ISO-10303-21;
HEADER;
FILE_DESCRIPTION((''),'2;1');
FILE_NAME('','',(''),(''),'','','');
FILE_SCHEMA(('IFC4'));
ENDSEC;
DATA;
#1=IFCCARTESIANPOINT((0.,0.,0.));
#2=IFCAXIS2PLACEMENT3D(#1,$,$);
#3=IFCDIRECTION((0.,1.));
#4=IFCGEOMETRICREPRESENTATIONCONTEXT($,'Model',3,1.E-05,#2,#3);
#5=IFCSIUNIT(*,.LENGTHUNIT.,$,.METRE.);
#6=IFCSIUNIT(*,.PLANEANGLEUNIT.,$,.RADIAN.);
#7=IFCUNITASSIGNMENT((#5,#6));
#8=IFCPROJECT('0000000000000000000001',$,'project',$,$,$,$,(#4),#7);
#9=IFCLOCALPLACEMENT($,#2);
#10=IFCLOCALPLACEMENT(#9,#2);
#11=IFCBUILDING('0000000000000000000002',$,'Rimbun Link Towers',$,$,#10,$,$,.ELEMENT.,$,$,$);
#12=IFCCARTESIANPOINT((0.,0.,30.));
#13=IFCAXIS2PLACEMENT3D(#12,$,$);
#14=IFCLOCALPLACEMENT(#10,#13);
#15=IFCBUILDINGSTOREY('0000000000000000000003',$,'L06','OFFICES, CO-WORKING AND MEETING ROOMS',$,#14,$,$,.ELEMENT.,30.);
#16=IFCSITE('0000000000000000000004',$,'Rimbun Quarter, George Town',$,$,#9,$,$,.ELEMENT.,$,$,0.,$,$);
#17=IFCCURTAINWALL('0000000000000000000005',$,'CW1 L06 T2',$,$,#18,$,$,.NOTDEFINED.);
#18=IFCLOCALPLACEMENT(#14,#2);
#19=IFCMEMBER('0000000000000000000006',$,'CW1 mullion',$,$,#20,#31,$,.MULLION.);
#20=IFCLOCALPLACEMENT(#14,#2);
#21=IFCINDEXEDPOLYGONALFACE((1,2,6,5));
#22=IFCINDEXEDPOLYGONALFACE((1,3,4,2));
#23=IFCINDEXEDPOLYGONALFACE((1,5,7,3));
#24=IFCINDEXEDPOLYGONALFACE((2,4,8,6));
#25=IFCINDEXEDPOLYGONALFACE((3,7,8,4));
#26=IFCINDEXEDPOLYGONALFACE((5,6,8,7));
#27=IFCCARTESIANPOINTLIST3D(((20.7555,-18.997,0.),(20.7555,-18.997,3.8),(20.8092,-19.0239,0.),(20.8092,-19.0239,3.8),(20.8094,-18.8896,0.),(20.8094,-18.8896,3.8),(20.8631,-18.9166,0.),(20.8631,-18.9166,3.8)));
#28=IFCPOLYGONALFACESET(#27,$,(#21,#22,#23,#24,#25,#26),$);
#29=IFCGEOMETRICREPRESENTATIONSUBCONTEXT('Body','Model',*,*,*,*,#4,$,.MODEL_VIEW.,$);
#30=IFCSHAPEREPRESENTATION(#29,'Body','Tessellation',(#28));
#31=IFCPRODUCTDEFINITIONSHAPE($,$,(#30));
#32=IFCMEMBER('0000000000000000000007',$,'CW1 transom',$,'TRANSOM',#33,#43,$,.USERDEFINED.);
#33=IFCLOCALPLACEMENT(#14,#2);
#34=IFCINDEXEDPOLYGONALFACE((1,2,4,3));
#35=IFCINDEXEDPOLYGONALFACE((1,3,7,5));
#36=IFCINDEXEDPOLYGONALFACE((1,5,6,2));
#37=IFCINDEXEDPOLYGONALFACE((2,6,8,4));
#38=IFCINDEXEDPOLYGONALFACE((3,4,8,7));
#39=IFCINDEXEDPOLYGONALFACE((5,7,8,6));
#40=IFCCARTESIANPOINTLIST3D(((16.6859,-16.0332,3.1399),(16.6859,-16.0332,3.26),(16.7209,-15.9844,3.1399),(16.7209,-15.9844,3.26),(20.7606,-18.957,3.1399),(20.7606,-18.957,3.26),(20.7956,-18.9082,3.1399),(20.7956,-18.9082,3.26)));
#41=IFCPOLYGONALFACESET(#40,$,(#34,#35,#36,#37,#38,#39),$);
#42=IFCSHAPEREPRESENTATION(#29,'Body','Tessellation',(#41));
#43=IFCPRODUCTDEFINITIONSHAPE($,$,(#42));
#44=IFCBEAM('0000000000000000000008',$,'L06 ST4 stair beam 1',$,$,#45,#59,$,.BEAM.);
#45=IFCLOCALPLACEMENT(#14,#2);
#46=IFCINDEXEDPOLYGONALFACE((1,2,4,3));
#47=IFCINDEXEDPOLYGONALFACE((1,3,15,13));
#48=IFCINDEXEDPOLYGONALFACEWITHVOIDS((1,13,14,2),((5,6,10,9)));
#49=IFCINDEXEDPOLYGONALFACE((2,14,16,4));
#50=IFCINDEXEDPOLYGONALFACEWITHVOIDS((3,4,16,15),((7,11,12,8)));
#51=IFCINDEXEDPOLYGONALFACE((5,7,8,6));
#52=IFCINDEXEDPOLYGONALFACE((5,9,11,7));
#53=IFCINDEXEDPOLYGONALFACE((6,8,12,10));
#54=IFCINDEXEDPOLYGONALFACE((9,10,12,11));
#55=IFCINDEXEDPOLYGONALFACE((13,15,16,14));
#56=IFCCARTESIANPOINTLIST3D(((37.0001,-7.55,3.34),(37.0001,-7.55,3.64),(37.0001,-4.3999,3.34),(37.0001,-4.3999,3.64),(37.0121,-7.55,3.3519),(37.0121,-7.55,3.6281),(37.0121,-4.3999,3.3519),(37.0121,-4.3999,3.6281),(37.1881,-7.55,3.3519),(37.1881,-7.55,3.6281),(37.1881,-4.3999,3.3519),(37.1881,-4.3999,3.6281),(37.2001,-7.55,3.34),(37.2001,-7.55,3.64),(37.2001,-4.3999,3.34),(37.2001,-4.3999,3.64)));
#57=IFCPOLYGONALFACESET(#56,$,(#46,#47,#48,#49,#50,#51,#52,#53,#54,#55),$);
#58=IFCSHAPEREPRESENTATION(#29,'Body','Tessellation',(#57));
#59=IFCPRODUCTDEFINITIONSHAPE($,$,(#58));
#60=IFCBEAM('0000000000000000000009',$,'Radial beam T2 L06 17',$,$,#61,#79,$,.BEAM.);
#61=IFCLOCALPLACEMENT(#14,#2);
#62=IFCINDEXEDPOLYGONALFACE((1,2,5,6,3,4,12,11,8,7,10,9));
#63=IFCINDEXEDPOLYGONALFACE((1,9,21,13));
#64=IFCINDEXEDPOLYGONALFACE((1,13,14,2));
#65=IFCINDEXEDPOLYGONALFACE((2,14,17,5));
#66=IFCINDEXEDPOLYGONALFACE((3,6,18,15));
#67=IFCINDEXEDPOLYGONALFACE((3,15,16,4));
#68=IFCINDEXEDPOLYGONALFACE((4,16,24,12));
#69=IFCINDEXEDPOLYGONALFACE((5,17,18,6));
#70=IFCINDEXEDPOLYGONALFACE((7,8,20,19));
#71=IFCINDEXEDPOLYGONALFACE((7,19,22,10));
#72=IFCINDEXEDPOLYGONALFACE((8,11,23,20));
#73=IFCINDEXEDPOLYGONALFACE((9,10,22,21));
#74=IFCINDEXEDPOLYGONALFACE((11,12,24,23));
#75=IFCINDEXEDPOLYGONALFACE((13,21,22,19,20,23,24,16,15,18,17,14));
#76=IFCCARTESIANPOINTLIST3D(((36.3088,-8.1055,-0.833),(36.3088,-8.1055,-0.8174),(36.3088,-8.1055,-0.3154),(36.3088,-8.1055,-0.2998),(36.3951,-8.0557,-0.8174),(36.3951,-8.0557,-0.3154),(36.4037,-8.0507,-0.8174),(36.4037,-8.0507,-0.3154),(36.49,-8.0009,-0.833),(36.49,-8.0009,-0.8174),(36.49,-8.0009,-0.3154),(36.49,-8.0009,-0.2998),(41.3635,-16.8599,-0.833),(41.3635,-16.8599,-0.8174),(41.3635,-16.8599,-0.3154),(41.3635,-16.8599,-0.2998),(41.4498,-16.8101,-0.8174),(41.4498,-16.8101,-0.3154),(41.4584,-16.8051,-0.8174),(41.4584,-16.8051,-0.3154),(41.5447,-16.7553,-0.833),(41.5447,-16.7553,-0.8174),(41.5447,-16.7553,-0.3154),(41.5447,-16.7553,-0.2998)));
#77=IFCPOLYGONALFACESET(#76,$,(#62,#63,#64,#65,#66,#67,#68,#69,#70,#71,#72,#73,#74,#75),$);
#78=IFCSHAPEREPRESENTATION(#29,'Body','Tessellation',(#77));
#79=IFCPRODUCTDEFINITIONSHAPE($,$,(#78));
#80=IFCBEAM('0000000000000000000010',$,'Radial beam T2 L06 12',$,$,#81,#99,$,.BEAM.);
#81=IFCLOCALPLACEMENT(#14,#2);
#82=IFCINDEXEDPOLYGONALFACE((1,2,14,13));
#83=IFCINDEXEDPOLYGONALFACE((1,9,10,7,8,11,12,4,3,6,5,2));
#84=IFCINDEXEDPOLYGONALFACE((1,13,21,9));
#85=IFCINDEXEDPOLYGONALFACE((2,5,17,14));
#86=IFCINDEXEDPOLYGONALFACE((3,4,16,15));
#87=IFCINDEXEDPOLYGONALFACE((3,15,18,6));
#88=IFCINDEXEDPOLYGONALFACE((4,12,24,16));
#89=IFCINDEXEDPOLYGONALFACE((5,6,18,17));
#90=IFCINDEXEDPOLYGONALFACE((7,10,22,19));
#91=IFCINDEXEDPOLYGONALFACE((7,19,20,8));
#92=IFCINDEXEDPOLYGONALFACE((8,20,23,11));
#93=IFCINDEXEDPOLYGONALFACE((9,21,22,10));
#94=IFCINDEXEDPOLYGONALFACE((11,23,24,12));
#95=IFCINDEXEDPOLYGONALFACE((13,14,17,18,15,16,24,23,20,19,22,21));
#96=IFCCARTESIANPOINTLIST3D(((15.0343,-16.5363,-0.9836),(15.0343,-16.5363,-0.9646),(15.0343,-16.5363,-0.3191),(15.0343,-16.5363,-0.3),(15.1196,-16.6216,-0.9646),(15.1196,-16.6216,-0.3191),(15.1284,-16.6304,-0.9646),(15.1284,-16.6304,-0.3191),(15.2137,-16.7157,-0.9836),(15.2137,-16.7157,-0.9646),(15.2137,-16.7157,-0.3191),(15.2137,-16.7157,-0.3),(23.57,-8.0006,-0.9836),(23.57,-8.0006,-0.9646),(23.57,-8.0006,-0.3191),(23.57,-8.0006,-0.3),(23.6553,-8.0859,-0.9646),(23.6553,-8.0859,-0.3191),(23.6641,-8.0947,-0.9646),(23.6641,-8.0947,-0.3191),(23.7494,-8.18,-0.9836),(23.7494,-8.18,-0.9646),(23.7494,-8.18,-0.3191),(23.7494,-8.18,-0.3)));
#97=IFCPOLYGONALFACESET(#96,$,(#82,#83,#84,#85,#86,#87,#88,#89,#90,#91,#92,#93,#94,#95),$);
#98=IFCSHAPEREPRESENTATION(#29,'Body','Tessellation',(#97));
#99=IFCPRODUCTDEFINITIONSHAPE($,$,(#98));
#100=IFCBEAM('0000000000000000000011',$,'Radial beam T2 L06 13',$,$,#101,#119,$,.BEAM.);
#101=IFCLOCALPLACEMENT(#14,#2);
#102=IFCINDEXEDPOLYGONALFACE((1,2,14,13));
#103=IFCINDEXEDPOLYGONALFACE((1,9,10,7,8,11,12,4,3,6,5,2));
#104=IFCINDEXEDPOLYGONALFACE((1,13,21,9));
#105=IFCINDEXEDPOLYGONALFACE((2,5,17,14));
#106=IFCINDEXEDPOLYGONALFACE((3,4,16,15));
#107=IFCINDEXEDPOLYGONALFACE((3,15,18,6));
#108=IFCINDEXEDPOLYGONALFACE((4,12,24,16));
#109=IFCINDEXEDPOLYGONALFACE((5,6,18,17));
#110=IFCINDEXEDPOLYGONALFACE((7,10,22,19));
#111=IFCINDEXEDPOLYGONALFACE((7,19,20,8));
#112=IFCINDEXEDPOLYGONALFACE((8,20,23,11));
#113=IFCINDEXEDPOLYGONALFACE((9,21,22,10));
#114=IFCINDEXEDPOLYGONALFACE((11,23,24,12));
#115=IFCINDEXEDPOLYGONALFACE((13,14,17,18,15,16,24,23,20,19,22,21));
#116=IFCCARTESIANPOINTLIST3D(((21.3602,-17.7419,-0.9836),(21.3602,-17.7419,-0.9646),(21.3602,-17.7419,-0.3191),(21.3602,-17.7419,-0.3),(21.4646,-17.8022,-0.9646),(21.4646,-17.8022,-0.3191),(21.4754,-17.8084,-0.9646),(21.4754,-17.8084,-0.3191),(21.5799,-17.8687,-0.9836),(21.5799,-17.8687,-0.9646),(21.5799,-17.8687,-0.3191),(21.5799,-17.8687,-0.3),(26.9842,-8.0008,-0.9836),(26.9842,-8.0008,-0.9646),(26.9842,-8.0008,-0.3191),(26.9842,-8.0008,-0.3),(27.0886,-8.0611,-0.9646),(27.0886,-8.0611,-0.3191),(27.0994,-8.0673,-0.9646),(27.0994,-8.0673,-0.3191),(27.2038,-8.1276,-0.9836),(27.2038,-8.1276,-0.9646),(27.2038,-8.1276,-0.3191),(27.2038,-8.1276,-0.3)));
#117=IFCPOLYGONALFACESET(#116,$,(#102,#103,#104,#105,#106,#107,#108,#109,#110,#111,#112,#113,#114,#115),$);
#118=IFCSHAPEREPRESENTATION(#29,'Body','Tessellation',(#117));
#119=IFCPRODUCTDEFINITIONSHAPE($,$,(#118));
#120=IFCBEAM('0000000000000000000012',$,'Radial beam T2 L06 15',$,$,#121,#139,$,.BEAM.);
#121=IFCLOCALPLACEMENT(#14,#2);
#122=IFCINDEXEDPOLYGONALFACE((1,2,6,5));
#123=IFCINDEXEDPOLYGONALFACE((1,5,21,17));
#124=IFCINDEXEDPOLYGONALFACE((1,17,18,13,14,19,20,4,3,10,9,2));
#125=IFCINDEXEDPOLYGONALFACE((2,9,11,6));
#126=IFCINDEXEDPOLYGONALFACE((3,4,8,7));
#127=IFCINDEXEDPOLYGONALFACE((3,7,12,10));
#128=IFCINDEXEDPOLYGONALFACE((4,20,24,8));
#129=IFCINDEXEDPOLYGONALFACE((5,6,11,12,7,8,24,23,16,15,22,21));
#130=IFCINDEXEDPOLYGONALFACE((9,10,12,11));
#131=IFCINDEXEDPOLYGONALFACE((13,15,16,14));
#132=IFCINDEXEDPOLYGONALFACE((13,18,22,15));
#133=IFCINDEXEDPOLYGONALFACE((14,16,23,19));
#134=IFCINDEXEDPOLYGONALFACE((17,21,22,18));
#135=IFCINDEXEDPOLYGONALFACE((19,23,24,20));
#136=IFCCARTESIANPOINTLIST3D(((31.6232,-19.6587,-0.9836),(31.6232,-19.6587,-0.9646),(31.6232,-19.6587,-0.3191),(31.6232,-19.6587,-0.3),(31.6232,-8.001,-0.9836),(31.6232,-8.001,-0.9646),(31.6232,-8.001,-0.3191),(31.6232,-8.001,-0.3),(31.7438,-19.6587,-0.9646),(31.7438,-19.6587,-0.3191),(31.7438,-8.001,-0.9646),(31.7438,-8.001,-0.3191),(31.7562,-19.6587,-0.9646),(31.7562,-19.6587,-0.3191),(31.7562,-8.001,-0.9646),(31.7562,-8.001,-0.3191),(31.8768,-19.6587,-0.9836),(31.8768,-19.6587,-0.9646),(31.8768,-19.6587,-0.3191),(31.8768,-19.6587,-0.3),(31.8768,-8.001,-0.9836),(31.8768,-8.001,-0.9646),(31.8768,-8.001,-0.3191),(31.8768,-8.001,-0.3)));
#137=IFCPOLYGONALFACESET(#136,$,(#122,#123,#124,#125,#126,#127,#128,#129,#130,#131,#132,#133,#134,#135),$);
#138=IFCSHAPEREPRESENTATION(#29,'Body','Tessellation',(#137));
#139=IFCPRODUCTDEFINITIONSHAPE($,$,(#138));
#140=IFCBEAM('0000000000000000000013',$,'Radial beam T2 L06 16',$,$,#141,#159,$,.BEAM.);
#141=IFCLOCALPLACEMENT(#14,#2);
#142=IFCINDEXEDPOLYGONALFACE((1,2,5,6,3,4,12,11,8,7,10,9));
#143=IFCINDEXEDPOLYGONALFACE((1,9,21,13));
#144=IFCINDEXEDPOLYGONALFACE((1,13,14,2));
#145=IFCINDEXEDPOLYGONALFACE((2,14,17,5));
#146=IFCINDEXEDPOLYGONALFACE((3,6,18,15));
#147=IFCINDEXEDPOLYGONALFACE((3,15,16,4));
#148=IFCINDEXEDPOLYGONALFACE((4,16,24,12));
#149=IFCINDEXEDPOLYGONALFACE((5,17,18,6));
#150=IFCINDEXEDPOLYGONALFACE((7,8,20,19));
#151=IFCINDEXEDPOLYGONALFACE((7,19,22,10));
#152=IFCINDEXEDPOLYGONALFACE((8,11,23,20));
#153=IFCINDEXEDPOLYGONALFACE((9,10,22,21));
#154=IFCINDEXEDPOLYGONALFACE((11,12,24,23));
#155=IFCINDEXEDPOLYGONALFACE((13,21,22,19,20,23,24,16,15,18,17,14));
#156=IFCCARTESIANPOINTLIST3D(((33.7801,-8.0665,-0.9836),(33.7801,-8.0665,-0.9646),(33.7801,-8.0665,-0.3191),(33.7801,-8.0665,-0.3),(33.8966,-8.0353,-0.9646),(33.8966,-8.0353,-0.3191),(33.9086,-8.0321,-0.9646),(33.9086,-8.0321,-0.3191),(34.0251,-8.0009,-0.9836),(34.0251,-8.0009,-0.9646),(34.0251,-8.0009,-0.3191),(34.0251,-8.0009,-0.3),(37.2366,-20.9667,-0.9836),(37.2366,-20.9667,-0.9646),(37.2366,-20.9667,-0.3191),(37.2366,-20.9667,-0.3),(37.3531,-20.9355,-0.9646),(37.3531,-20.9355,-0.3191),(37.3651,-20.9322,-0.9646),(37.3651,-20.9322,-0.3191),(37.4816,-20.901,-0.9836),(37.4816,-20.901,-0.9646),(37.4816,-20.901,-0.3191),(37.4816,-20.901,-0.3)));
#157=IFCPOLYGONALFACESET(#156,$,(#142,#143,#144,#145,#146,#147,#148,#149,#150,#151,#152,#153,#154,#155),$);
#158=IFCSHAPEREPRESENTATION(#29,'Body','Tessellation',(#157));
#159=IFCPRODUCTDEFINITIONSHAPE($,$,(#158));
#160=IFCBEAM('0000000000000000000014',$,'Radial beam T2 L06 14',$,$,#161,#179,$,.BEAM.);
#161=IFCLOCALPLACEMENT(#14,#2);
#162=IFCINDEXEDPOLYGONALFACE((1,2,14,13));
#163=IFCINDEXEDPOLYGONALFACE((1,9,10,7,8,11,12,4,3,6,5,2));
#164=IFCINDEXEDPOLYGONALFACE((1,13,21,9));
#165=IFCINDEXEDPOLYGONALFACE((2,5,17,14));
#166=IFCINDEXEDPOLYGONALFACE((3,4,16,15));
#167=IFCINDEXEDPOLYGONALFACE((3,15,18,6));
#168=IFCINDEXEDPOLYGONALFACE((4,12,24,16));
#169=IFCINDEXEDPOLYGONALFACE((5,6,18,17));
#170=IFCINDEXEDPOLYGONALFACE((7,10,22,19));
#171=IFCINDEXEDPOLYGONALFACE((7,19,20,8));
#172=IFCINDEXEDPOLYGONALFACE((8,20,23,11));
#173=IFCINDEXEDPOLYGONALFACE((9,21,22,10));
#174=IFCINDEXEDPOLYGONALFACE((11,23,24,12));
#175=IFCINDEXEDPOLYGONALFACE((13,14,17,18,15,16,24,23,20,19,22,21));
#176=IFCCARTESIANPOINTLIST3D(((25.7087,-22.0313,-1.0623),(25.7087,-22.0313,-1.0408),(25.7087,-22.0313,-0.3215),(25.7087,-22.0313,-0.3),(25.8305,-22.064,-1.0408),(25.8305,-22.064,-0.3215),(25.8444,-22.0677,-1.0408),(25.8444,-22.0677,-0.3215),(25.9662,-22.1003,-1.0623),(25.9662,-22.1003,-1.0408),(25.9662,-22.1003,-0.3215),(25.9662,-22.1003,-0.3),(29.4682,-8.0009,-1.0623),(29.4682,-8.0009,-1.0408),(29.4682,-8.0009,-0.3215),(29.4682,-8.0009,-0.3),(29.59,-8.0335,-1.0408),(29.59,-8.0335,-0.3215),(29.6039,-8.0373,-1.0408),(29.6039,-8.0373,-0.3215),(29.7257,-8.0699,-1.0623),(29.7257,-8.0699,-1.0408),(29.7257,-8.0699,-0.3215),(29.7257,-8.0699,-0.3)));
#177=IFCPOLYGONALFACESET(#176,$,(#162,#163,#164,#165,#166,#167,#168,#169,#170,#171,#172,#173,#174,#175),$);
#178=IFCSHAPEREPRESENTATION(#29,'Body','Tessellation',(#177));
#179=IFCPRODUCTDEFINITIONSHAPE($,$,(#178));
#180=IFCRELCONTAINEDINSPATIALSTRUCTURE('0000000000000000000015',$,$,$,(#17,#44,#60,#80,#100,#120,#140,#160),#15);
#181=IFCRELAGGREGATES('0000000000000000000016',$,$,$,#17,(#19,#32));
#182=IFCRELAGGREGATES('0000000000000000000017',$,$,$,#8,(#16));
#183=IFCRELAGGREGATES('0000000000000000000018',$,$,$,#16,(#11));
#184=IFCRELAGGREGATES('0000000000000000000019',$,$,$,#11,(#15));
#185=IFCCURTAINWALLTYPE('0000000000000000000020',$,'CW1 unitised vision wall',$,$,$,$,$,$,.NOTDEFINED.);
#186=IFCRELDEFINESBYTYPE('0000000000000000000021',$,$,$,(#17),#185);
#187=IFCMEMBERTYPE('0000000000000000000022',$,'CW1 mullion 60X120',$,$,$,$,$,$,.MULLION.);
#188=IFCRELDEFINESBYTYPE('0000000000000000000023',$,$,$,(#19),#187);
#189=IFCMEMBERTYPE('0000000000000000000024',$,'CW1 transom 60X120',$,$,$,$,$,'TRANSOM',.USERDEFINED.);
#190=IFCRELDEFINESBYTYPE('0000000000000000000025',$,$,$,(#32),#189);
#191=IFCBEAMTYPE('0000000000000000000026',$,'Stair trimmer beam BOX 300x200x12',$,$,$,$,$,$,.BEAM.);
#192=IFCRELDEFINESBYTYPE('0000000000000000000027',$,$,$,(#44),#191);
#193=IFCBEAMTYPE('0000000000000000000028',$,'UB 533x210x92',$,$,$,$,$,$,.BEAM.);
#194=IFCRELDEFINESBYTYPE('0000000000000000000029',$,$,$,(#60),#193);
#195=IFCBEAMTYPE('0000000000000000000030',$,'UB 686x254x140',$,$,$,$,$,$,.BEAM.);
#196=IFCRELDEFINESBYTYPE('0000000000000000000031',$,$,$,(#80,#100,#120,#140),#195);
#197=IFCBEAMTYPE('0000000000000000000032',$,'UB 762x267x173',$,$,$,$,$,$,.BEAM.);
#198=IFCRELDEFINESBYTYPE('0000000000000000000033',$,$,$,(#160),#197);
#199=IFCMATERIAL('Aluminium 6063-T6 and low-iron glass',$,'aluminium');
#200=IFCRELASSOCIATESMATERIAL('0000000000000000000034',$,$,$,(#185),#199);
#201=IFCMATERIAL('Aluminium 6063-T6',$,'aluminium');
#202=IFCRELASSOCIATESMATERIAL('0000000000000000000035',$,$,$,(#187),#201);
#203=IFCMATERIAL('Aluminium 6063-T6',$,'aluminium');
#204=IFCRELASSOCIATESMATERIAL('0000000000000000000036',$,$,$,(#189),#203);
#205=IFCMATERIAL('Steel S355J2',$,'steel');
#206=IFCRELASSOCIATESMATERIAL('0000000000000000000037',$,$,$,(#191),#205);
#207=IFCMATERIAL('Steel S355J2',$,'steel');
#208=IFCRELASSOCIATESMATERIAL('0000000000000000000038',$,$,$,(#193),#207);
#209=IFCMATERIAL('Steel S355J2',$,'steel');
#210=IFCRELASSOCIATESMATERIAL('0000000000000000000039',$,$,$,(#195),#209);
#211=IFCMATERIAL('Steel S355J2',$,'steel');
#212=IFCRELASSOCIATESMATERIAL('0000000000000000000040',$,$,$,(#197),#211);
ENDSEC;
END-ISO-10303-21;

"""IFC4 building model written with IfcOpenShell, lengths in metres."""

from ifc_helpers import new_model, si_unit, direction, frame, origin, origin_2d, place, context, subcontext, project, spatial, rectangle, hollow_rectangle, i_section, extrude, material, material_profile, profile_set, type_object, element, aggregate, save


model = new_model("IFC4")

# Units and contexts
model_context = context("Model", 3, precision=1e-05, world=origin(), true_north=direction((0.0, 1.0)))
body_context = subcontext(model_context, "Body", "Model", "MODEL_VIEW")
ifc_project = project(units=[si_unit("LENGTHUNIT", "METRE"), si_unit("PLANEANGLEUNIT", "RADIAN")], contexts=[model_context])

# Site, building, storey
site_placement = place(None, origin())
site = spatial("IfcSite", under=ifc_project, at=site_placement, Name="Rimbun Quarter, George Town", CompositionType="ELEMENT", RefElevation=0.0)
building_placement = place(site_placement, origin())
building = spatial("IfcBuilding", under=site, at=building_placement, Name="Rimbun Link Towers", CompositionType="ELEMENT")
storey_placement = place(building_placement, frame((0.0, 0.0, 30.0)))
storey = spatial("IfcBuildingStorey", under=building, at=storey_placement, Name="L06", Description="OFFICES, CO-WORKING AND MEETING ROOMS", CompositionType="ELEMENT", Elevation=30.0)

# Curtain wall, members
ifc_material_1 = material(Name="Aluminium 6063-T6 and low-iron glass", Category="aluminium")
curtain_wall_type = type_object("IfcCurtainWallType", Name="CW1 unitised vision wall", PredefinedType="NOTDEFINED", material=ifc_material_1)
curtain_wall_placement = place(storey_placement, origin())
curtain_wall = element("IfcCurtainWall", 1, at=curtain_wall_placement, inside=storey, type_object=curtain_wall_type, Name="CW1 L06 T2", PredefinedType="NOTDEFINED")
ifc_material_2 = material(Name="Aluminium 6063-T6", Category="aluminium")
ifc_material_profile_1 = material_profile(ifc_material_2, rectangle(XDim=0.1201, YDim=0.0601, at=origin_2d()), Name="MULLION 60X120")
ifc_profile_set_1 = profile_set([ifc_material_profile_1], Name="Aluminium 6063-T6")
member_type_1 = type_object("IfcMemberType", Name="CW1 mullion 60X120", PredefinedType="MULLION", material=ifc_profile_set_1)
member_1_placement = place(storey_placement, frame((20.8093, -18.9568, 0.0), z_axis=(0.0, 0.0, 1.0), x_axis=(-0.44857, -0.893747, 0.0)))
member_1 = element("IfcMember", 2, at=member_1_placement, type_object=member_type_1, Name="CW1 mullion", PredefinedType="MULLION", context=body_context, shape_type="SweptSolid", body=[
    extrude(rectangle(XDim=0.1201, YDim=0.0601, at=origin_2d()), origin(), (0.0, 0.0, 1.0), 3.8),
])
ifc_material_3 = material(Name="Aluminium 6063-T6", Category="aluminium")
ifc_material_profile_2 = material_profile(ifc_material_3, rectangle(XDim=0.0601, YDim=0.1201, at=origin_2d()), Name="TRANSOM 60X120")
ifc_profile_set_2 = profile_set([ifc_material_profile_2], Name="Aluminium 6063-T6")
member_type_2 = type_object("IfcMemberType", Name="CW1 transom 60X120", ElementType="TRANSOM", PredefinedType="USERDEFINED", material=ifc_profile_set_2)
member_2_placement = place(storey_placement, frame((20.7781, -18.9326, 3.2), z_axis=(-0.812475, 0.582996, 0.0), x_axis=(-0.582996, -0.812475, 0.0)))
member_2 = element("IfcMember", 3, at=member_2_placement, type_object=member_type_2, Name="CW1 transom", ObjectType="TRANSOM", PredefinedType="USERDEFINED", context=body_context, shape_type="SweptSolid", body=[
    extrude(rectangle(XDim=0.0601, YDim=0.1201, at=origin_2d()), origin(), (0.0, 0.0, 1.0), 5.0151),
])
aggregate(curtain_wall, [member_1, member_2])

# Beams
ifc_material_4 = material(Name="Steel S355J2", Category="steel")
ifc_material_profile_3 = material_profile(ifc_material_4, hollow_rectangle(XDim=0.2, YDim=0.3, WallThickness=0.012, at=origin_2d()), Name="BOX 300x200x12")
ifc_profile_set_3 = profile_set([ifc_material_profile_3], Name="Steel S355J2")
beam_type_1 = type_object("IfcBeamType", Name="Stair trimmer beam BOX 300x200x12", PredefinedType="BEAM", material=ifc_profile_set_3)
beam_1_placement = place(storey_placement, frame((37.1001, -7.55, 3.49), z_axis=(0.0, 1.0, 0.0), x_axis=(-1.0, 0.0, 0.0)))
element("IfcBeam", 4, at=beam_1_placement, inside=storey, type_object=beam_type_1, Name="L06 ST4 stair beam 1", PredefinedType="BEAM", context=body_context, shape_type="SweptSolid", body=[
    extrude(hollow_rectangle(XDim=0.2, YDim=0.3, WallThickness=0.012, at=origin_2d()), origin(), (0.0, 0.0, 1.0), 3.1501),
])
ifc_material_5 = material(Name="Steel S355J2", Category="steel")
ifc_material_profile_4 = material_profile(ifc_material_5, i_section(OverallWidth=0.2092, OverallDepth=0.5332, WebThickness=0.01, FlangeThickness=0.0156, at=origin_2d()), Name="UB 533x210x92")
ifc_profile_set_4 = profile_set([ifc_material_profile_4], Name="Steel S355J2")
beam_type_2 = type_object("IfcBeamType", Name="UB 533x210x92", PredefinedType="BEAM", material=ifc_profile_set_4)
beam_2_placement = place(storey_placement, frame((36.3994, -8.0532, -0.5664), z_axis=(0.500025, -0.866011, 0.0), x_axis=(0.866011, 0.500025, 0.0)))
element("IfcBeam", 5, at=beam_2_placement, inside=storey, type_object=beam_type_2, Name="Radial beam T2 L06 17", PredefinedType="BEAM", context=body_context, shape_type="SweptSolid", body=[
    extrude(i_section(OverallWidth=0.2092, OverallDepth=0.5332, WebThickness=0.01, FlangeThickness=0.0156, at=origin_2d()), origin(), (0.0, 0.0, 1.0), 10.1089),
])
ifc_material_6 = material(Name="Steel S355J2", Category="steel")
ifc_material_profile_5 = material_profile(ifc_material_6, i_section(OverallWidth=0.2537, OverallDepth=0.6836, WebThickness=0.0125, FlangeThickness=0.019, at=origin_2d()), Name="UB 686x254x140")
ifc_profile_set_5 = profile_set([ifc_material_profile_5], Name="Steel S355J2")
beam_type_3 = type_object("IfcBeamType", Name="UB 686x254x140", PredefinedType="BEAM", material=ifc_profile_set_5)
beam_3_placement = place(storey_placement, frame((23.6597, -8.0903, -0.6418), z_axis=(-0.707107, -0.707107, 0.0), x_axis=(0.707107, -0.707107, 0.0)))
element("IfcBeam", 6, at=beam_3_placement, inside=storey, type_object=beam_type_3, Name="Radial beam T2 L06 12", PredefinedType="BEAM", context=body_context, shape_type="SweptSolid", body=[
    extrude(i_section(OverallWidth=0.2537, OverallDepth=0.6836, WebThickness=0.0125, FlangeThickness=0.019, at=origin_2d()), origin(), (0.0, 0.0, 1.0), 12.0713),
])
beam_4_placement = place(storey_placement, frame((27.094, -8.0642, -0.6418), z_axis=(-0.499996, -0.866028, 0.0), x_axis=(0.866028, -0.499996, 0.0)))
element("IfcBeam", 7, at=beam_4_placement, inside=storey, type_object=beam_type_3, Name="Radial beam T2 L06 13", PredefinedType="BEAM", context=body_context, shape_type="SweptSolid", body=[
    extrude(i_section(OverallWidth=0.2537, OverallDepth=0.6836, WebThickness=0.0125, FlangeThickness=0.019, at=origin_2d()), origin(), (0.0, 0.0, 1.0), 11.248),
])
beam_5_placement = place(storey_placement, frame((31.75, -8.001, -0.6418), z_axis=(0.0, -1.0, 0.0), x_axis=(1.0, 0.0, 0.0)))
element("IfcBeam", 8, at=beam_5_placement, inside=storey, type_object=beam_type_3, Name="Radial beam T2 L06 15", PredefinedType="BEAM", context=body_context, shape_type="SweptSolid", body=[
    extrude(i_section(OverallWidth=0.2537, OverallDepth=0.6836, WebThickness=0.0125, FlangeThickness=0.019, at=origin_2d()), origin(), (0.0, 0.0, 1.0), 11.6577),
])
beam_6_placement = place(storey_placement, frame((33.9026, -8.0337, -0.6418), z_axis=(0.258816, -0.965927, 0.0), x_axis=(0.965927, 0.258816, 0.0)))
element("IfcBeam", 9, at=beam_6_placement, inside=storey, type_object=beam_type_3, Name="Radial beam T2 L06 16", PredefinedType="BEAM", context=body_context, shape_type="SweptSolid", body=[
    extrude(i_section(OverallWidth=0.2537, OverallDepth=0.6836, WebThickness=0.0125, FlangeThickness=0.019, at=origin_2d()), origin(), (0.0, 0.0, 1.0), 13.3552),
])
ifc_material_7 = material(Name="Steel S355J2", Category="steel")
ifc_material_profile_6 = material_profile(ifc_material_7, i_section(OverallWidth=0.2666, OverallDepth=0.7622, WebThickness=0.0144, FlangeThickness=0.0215, at=origin_2d()), Name="UB 762x267x173")
ifc_profile_set_6 = profile_set([ifc_material_profile_6], Name="Steel S355J2")
beam_type_4 = type_object("IfcBeamType", Name="UB 762x267x173", PredefinedType="BEAM", material=ifc_profile_set_6)
beam_7_placement = place(storey_placement, frame((29.5969, -8.0354, -0.6812), z_axis=(-0.258823, -0.965925, 0.0), x_axis=(0.965925, -0.258823, 0.0)))
element("IfcBeam", 10, at=beam_7_placement, inside=storey, type_object=beam_type_4, Name="Radial beam T2 L06 14", PredefinedType="BEAM", context=body_context, shape_type="SweptSolid", body=[
    extrude(i_section(OverallWidth=0.2666, OverallDepth=0.7622, WebThickness=0.0144, FlangeThickness=0.0215, at=origin_2d()), origin(), (0.0, 0.0, 1.0), 14.5254),
])

save(model, "model.ifc")
